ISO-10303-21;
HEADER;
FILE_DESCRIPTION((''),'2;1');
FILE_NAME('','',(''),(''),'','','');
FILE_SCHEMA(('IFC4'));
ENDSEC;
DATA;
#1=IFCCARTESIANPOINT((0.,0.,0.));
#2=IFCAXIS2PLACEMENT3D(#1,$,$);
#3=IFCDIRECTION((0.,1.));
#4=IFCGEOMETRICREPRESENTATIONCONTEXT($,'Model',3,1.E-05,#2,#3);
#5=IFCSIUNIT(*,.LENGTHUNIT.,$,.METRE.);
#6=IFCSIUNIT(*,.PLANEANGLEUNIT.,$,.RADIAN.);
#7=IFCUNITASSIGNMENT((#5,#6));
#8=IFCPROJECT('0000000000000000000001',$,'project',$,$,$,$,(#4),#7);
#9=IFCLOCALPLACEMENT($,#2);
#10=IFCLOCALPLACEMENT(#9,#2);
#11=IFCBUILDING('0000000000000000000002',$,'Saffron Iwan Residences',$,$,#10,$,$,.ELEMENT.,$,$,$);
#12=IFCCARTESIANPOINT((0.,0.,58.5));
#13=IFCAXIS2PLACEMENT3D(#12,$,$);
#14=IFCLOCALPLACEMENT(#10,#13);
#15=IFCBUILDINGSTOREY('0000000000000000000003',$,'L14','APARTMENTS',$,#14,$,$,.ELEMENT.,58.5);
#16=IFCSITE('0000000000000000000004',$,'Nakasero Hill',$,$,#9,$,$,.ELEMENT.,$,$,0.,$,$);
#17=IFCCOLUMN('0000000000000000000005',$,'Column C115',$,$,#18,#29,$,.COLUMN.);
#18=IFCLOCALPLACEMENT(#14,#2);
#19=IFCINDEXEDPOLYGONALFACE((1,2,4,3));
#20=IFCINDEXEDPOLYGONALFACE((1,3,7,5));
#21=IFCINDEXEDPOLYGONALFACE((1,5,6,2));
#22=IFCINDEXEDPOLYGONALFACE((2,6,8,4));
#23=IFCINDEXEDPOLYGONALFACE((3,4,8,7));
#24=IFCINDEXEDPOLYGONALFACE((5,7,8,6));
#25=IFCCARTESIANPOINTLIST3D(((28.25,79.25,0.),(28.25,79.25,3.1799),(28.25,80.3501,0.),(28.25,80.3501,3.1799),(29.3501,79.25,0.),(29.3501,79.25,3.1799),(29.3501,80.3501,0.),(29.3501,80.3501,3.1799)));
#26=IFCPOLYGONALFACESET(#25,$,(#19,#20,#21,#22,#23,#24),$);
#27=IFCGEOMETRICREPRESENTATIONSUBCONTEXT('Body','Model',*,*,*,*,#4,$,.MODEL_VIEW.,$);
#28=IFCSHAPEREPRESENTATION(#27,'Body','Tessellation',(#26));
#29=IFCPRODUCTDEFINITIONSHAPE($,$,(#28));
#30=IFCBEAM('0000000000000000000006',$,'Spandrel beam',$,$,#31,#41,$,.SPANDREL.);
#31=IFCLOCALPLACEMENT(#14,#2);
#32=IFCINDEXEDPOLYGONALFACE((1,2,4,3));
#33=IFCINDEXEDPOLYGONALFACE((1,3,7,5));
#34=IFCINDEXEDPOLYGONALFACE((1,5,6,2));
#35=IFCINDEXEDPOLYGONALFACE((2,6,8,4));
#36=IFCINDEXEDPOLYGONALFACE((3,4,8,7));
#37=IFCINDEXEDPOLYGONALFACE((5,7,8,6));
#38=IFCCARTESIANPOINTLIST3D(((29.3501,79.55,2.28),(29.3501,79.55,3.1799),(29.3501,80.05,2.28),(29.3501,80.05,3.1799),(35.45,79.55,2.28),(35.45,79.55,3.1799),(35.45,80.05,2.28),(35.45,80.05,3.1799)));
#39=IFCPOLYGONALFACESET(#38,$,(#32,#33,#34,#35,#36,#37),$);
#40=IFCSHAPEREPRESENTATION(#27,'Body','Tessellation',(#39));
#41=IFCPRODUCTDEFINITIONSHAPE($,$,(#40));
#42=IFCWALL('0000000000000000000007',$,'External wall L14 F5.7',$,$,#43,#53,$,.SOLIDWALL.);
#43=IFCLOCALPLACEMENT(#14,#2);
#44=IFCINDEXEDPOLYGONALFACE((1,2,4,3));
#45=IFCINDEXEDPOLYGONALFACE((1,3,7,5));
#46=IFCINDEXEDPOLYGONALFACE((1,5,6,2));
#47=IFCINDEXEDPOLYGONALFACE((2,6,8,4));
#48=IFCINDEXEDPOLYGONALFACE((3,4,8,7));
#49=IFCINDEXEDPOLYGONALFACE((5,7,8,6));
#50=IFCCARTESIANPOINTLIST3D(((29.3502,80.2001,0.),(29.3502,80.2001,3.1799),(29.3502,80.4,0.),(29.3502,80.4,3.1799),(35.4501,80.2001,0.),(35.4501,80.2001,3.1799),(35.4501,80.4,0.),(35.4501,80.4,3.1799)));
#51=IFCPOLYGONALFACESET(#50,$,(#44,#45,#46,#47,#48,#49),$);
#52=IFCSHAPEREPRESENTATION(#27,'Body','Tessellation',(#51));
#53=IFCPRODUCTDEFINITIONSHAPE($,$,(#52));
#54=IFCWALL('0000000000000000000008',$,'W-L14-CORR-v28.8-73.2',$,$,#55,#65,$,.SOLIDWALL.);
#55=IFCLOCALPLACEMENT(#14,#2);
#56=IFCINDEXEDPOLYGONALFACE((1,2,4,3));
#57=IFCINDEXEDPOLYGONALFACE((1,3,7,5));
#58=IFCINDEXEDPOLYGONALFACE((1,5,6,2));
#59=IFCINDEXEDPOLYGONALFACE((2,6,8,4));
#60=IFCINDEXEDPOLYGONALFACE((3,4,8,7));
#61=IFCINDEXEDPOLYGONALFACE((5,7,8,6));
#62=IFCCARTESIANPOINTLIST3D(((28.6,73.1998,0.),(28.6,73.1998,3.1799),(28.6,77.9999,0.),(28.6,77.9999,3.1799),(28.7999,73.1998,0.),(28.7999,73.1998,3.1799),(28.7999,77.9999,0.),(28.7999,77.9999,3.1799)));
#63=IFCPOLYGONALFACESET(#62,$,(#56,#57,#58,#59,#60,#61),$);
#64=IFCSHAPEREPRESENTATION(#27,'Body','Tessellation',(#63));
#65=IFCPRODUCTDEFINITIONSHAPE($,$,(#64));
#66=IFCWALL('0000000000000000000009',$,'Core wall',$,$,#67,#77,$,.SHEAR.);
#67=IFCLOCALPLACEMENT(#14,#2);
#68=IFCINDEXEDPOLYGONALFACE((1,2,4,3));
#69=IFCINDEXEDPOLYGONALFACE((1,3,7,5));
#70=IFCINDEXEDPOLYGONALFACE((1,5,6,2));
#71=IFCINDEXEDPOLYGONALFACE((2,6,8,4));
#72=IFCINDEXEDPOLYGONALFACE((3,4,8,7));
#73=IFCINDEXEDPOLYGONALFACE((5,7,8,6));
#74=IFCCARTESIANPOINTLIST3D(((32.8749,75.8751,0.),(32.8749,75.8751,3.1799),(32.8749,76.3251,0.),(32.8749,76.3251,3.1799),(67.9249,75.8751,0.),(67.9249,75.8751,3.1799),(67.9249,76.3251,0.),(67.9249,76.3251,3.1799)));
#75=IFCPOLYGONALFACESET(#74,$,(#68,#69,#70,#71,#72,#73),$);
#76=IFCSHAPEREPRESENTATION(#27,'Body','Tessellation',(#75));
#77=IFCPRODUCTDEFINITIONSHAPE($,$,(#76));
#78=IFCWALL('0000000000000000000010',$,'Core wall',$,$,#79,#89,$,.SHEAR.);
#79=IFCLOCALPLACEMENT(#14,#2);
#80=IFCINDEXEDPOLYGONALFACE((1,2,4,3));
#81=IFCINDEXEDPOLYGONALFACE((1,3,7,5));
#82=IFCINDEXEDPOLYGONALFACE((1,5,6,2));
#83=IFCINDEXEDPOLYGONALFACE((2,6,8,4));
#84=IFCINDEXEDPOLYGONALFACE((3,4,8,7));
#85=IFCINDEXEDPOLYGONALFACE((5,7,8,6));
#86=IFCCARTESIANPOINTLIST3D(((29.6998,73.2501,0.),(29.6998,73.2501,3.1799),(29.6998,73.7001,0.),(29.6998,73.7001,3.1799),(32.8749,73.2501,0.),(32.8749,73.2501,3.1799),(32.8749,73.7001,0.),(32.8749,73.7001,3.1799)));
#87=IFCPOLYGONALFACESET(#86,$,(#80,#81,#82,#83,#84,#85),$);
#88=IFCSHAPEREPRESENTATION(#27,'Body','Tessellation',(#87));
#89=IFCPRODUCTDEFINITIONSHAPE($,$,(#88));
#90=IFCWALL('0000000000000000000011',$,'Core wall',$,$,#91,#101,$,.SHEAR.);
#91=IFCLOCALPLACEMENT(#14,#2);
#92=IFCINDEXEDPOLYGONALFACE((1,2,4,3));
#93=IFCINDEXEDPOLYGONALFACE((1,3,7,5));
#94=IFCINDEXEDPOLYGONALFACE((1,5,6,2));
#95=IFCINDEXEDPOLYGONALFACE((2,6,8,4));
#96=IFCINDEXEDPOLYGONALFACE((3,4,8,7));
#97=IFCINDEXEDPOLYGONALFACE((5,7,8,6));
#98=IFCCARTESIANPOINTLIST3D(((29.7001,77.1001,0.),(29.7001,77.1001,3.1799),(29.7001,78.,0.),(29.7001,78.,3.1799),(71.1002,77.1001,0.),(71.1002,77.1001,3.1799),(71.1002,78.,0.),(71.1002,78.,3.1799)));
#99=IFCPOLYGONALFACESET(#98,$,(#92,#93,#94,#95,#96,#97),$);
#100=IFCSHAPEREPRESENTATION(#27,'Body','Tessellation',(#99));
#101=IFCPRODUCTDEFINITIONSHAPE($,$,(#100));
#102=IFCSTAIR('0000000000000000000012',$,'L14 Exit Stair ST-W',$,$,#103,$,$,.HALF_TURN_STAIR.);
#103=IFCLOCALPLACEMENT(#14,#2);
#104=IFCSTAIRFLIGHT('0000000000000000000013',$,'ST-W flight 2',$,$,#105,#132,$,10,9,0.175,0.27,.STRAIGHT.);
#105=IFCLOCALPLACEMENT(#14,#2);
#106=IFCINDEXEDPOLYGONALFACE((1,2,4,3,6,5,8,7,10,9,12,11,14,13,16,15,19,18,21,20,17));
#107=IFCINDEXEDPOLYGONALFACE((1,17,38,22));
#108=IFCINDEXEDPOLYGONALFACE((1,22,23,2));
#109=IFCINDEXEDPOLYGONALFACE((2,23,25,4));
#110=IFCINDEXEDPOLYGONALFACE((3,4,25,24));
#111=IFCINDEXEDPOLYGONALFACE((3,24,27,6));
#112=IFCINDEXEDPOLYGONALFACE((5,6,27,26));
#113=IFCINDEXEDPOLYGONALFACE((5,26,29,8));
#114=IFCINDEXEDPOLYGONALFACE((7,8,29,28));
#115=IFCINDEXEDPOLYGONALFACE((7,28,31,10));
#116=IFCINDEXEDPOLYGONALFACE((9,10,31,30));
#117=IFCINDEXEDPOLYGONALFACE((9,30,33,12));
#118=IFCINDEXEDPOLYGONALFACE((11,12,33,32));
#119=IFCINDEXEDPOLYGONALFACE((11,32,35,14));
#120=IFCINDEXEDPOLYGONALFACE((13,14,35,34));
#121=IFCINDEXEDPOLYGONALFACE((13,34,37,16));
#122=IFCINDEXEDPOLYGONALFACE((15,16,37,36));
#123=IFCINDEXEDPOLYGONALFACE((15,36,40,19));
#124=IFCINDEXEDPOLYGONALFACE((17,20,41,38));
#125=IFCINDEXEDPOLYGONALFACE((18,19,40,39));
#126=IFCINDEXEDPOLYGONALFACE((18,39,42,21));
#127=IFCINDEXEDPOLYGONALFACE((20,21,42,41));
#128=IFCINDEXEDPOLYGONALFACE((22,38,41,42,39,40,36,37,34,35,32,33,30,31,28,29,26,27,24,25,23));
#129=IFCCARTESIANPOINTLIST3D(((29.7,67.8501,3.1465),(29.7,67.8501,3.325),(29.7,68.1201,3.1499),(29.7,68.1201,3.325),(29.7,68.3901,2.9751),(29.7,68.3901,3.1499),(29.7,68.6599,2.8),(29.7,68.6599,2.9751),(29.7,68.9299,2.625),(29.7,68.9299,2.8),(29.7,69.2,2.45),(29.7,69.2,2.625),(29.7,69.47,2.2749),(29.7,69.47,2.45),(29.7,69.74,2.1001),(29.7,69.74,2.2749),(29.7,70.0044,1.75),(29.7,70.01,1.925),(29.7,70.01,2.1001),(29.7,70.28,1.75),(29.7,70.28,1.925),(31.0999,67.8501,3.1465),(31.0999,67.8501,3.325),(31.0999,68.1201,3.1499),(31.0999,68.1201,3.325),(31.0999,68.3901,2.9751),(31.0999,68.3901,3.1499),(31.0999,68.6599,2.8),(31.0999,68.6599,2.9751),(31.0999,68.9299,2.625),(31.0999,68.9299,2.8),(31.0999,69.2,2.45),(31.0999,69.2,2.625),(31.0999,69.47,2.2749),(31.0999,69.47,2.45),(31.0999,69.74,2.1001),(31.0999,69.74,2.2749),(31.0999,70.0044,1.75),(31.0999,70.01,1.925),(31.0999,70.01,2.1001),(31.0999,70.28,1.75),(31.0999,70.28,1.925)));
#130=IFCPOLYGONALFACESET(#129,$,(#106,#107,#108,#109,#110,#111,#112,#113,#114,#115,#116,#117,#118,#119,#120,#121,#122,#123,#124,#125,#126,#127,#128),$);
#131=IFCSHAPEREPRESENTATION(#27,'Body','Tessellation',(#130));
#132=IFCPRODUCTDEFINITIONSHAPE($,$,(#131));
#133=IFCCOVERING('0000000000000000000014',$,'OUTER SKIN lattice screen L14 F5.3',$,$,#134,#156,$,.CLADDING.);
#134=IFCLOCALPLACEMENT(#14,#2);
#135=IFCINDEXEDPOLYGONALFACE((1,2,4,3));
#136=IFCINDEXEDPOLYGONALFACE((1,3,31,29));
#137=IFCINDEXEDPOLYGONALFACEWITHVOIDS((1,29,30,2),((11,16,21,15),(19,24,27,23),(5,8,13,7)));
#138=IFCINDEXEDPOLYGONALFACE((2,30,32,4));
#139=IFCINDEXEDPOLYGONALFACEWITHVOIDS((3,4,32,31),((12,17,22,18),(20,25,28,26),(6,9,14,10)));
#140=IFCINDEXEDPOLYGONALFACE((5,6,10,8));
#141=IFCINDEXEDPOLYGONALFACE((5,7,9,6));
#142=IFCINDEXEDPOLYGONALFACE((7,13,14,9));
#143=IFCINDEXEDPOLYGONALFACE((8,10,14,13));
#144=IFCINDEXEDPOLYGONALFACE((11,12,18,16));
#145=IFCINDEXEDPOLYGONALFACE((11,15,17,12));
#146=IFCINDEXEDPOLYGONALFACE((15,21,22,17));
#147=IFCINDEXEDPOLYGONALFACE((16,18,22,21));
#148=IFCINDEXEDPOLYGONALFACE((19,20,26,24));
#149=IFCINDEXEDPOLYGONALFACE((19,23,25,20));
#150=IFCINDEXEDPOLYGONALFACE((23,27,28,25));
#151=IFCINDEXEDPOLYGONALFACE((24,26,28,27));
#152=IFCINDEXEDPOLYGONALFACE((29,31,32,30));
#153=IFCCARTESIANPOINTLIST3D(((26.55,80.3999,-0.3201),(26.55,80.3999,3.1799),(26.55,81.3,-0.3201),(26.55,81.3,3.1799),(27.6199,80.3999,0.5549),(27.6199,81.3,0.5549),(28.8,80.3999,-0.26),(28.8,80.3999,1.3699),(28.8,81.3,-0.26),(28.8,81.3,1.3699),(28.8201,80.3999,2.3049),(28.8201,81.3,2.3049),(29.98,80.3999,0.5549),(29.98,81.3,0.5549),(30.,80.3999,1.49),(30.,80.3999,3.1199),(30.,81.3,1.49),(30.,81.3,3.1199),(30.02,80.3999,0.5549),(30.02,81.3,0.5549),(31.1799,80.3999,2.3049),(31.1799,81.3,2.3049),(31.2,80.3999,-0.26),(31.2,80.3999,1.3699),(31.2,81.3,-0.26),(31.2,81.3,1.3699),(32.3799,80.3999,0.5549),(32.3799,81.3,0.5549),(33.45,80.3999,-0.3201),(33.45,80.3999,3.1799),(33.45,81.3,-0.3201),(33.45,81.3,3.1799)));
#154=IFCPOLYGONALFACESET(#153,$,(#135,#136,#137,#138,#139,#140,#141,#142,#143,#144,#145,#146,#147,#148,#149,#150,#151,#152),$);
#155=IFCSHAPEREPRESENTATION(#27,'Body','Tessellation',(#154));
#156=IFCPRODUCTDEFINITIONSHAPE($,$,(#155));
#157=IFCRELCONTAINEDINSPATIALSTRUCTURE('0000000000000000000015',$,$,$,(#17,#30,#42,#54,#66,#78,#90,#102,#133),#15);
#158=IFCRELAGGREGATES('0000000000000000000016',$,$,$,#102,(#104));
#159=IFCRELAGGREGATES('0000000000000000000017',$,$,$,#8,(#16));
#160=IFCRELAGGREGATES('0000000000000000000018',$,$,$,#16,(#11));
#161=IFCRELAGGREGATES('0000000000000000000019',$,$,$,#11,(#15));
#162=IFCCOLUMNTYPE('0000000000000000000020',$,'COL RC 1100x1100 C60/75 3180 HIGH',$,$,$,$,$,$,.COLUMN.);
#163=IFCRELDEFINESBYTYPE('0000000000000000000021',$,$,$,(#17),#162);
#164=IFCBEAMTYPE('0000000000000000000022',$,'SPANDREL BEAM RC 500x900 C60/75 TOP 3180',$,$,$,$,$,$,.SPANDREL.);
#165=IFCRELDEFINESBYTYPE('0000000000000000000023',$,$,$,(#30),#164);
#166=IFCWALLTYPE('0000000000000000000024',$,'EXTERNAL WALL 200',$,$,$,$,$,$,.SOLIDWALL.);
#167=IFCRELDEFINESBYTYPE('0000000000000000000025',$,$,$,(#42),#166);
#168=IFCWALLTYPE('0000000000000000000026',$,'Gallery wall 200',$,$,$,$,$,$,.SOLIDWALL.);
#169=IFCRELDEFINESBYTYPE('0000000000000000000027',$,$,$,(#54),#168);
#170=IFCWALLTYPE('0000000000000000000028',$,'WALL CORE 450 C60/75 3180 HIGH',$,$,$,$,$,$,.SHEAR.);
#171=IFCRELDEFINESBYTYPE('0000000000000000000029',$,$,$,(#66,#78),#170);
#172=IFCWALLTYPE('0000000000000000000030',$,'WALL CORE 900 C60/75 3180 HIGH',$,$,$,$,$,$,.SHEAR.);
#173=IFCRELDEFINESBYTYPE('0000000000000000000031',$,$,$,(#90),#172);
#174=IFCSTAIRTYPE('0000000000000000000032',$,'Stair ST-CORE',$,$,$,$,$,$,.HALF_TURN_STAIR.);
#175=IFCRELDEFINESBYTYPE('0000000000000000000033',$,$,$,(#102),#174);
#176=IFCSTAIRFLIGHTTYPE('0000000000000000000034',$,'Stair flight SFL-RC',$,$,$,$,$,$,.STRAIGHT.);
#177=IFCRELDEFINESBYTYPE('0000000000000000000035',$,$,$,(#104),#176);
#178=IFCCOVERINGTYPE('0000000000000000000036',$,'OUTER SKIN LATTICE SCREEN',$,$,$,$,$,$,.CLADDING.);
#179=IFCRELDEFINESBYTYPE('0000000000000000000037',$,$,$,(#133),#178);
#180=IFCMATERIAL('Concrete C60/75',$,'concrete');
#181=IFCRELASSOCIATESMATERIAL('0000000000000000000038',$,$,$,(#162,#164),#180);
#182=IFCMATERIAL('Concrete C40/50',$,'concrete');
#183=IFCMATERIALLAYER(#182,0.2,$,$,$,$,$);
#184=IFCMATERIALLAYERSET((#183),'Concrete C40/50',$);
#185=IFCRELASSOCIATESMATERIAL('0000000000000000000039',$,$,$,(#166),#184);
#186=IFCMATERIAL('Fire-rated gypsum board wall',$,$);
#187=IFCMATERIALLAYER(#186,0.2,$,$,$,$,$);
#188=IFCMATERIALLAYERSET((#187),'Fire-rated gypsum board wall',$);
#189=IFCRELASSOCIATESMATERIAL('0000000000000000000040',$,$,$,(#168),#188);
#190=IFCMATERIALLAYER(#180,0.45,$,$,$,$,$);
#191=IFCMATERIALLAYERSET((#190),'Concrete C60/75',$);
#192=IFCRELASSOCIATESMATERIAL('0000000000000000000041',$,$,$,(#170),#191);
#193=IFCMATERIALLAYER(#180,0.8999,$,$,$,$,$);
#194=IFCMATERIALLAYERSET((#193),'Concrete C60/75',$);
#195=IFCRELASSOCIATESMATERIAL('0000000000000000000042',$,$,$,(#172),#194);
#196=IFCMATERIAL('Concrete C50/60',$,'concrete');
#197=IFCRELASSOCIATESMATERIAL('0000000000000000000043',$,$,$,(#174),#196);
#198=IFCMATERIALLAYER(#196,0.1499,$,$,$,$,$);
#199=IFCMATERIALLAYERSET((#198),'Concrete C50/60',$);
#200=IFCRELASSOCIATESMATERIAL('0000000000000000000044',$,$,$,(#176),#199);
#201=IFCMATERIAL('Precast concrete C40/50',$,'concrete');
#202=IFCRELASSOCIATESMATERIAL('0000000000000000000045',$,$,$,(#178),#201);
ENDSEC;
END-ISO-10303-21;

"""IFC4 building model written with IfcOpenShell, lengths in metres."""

from ifc_helpers import new_model, si_unit, direction, frame, frame_2d, origin, origin_2d, place, context, subcontext, project, spatial, polyline, rectangle, outline, extrude, source, transform, mapped, material, layer, layer_set, material_profile, profile_set, type_object, element, aggregate, save


model = new_model("IFC4")

# Units and contexts
model_context = context("Model", 3, precision=1e-05, world=origin(), true_north=direction((0.0, 1.0)))
body_context = subcontext(model_context, "Body", "Model", "MODEL_VIEW")
ifc_project = project(units=[si_unit("LENGTHUNIT", "METRE"), si_unit("PLANEANGLEUNIT", "RADIAN")], contexts=[model_context])

# Site, building, storey
site_placement = place(None, origin())
site = spatial("IfcSite", under=ifc_project, at=site_placement, Name="Nakasero Hill", CompositionType="ELEMENT", RefElevation=0.0)
building_placement = place(site_placement, origin())
building = spatial("IfcBuilding", under=site, at=building_placement, Name="Saffron Iwan Residences", CompositionType="ELEMENT")
storey_placement = place(building_placement, frame((0.0, 0.0, 58.5)))
storey = spatial("IfcBuildingStorey", under=building, at=storey_placement, Name="L14", Description="APARTMENTS", CompositionType="ELEMENT", Elevation=58.5)

# Column
ifc_material_1 = material(Name="Concrete C60/75", Category="concrete")
ifc_material_profile_1 = material_profile(ifc_material_1, rectangle(XDim=1.1001, YDim=1.1001, at=origin_2d()), Name="RC 1100x1100")
ifc_profile_set_1 = profile_set([ifc_material_profile_1], Name="Concrete C60/75")
column_type = type_object("IfcColumnType", Name="COL RC 1100x1100 C60/75 3180 HIGH", PredefinedType="COLUMN", material=ifc_profile_set_1)
shared_shape_1 = source(origin(), body_context, "Body", "SweptSolid", [
    extrude(rectangle(XDim=1.1001, YDim=1.1001, at=origin_2d()), origin(), (0.0, 0.0, 1.0), 3.1799),
])
column_placement = place(storey_placement, frame((28.8, 79.8, 0.0), z_axis=(0.0, 0.0, 1.0), x_axis=(1.0, 0.0, 0.0)))
element("IfcColumn", 1, at=column_placement, inside=storey, type_object=column_type, Name="Column C115", PredefinedType="COLUMN", context=body_context, shape_type="MappedRepresentation", body=[
    mapped(shared_shape_1, transform((0.0, 0.0, 0.0))),
])

# Beam
ifc_material_profile_2 = material_profile(ifc_material_1, rectangle(XDim=0.5, YDim=0.8999, at=origin_2d()), Name="RC 500x900")
ifc_profile_set_2 = profile_set([ifc_material_profile_2], Name="Concrete C60/75")
beam_type = type_object("IfcBeamType", Name="SPANDREL BEAM RC 500x900 C60/75 TOP 3180", PredefinedType="SPANDREL", material=ifc_profile_set_2)
shared_shape_2 = source(origin(), body_context, "Body", "SweptSolid", [
    extrude(rectangle(XDim=0.5, YDim=0.8999, at=origin_2d()), origin(), (0.0, 0.0, 1.0), 6.0999),
])
beam_placement = place(storey_placement, frame((29.3501, 79.8, 2.73), z_axis=(1.0, 0.0, 0.0), x_axis=(0.0, 1.0, 0.0)))
element("IfcBeam", 2, at=beam_placement, inside=storey, type_object=beam_type, Name="Spandrel beam", PredefinedType="SPANDREL", context=body_context, shape_type="MappedRepresentation", body=[
    mapped(shared_shape_2, transform((0.0, 0.0, 0.0))),
])

# Wall
ifc_material_2 = material(Name="Concrete C40/50", Category="concrete")
ifc_layer_1 = layer(ifc_material_2, 0.2)
ifc_layer_set_1 = layer_set([ifc_layer_1], Name="Concrete C40/50")
wall_type_1 = type_object("IfcWallType", Name="EXTERNAL WALL 200", PredefinedType="SOLIDWALL", material=ifc_layer_set_1)
wall_1_placement = place(storey_placement, frame((35.45, 80.3, 0.0), z_axis=(0.0, 0.0, 1.0), x_axis=(-1.0, 0.0, 0.0)))
element("IfcWall", 3, at=wall_1_placement, inside=storey, type_object=wall_type_1, Name="External wall L14 F5.7", PredefinedType="SOLIDWALL", context=body_context, shape_type="SweptSolid", body=[
    extrude(rectangle(XDim=6.0999, YDim=0.2, at=frame_2d((3.0498, 0.0))), origin(), (0.0, 0.0, 1.0), 3.1799),
])

# Wall
ifc_material_3 = material(Name="Fire-rated gypsum board wall")
ifc_layer_2 = layer(ifc_material_3, 0.2)
ifc_layer_set_2 = layer_set([ifc_layer_2], Name="Fire-rated gypsum board wall")
wall_type_2 = type_object("IfcWallType", Name="Gallery wall 200", PredefinedType="SOLIDWALL", material=ifc_layer_set_2)
wall_2_placement = place(storey_placement, frame((28.7, 73.2, 0.0), z_axis=(0.0, 0.0, 1.0), x_axis=(0.0, 1.0, 0.0)))
element("IfcWall", 4, at=wall_2_placement, inside=storey, type_object=wall_type_2, Name="W-L14-CORR-v28.8-73.2", PredefinedType="SOLIDWALL", context=body_context, shape_type="SweptSolid", body=[
    extrude(rectangle(XDim=4.8, YDim=0.2, at=frame_2d((2.3999, 0.0))), origin(), (0.0, 0.0, 1.0), 3.1799),
])

# Shared definitions
ifc_layer_3 = layer(ifc_material_1, 0.45)
ifc_layer_set_3 = layer_set([ifc_layer_3], Name="Concrete C60/75")
wall_type_3 = type_object("IfcWallType", Name="WALL CORE 450 C60/75 3180 HIGH", PredefinedType="SHEAR", material=ifc_layer_set_3)

# Walls
wall_3_placement = place(storey_placement, frame((32.875, 76.1001, 0.0), z_axis=(0.0, 0.0, 1.0), x_axis=(1.0, 0.0, 0.0)))
element("IfcWall", 5, at=wall_3_placement, inside=storey, type_object=wall_type_3, Name="Core wall", PredefinedType="SHEAR", context=body_context, shape_type="SweptSolid", body=[
    extrude(rectangle(XDim=35.05, YDim=0.45, at=frame_2d((17.5249, 0.0))), origin(), (0.0, 0.0, 1.0), 3.1799),
])
wall_4_placement = place(storey_placement, frame((29.7, 73.4751, 0.0), z_axis=(0.0, 0.0, 1.0), x_axis=(1.0, 0.0, 0.0)))
element("IfcWall", 6, at=wall_4_placement, inside=storey, type_object=wall_type_3, Name="Core wall", PredefinedType="SHEAR", context=body_context, shape_type="SweptSolid", body=[
    extrude(rectangle(XDim=3.175, YDim=0.45, at=frame_2d((1.5874, 0.0))), origin(), (0.0, 0.0, 1.0), 3.1799),
])
ifc_layer_4 = layer(ifc_material_1, 0.8999)
ifc_layer_set_4 = layer_set([ifc_layer_4], Name="Concrete C60/75")
wall_type_4 = type_object("IfcWallType", Name="WALL CORE 900 C60/75 3180 HIGH", PredefinedType="SHEAR", material=ifc_layer_set_4)
wall_5_placement = place(storey_placement, frame((29.7, 77.55, 0.0), z_axis=(0.0, 0.0, 1.0), x_axis=(1.0, 0.0, 0.0)))
element("IfcWall", 7, at=wall_5_placement, inside=storey, type_object=wall_type_4, Name="Core wall", PredefinedType="SHEAR", context=body_context, shape_type="SweptSolid", body=[
    extrude(rectangle(XDim=41.4001, YDim=0.8999, at=frame_2d((20.7002, 0.0))), origin(), (0.0, 0.0, 1.0), 3.1799),
])

# Stair, stair flight
ifc_material_4 = material(Name="Concrete C50/60", Category="concrete")
stair_type = type_object("IfcStairType", Name="Stair ST-CORE", PredefinedType="HALF_TURN_STAIR", material=ifc_material_4)
stair_placement = place(storey_placement, origin())
stair = element("IfcStair", 8, at=stair_placement, inside=storey, type_object=stair_type, Name="L14 Exit Stair ST-W", PredefinedType="HALF_TURN_STAIR")
ifc_layer_5 = layer(ifc_material_4, 0.1499)
ifc_layer_set_5 = layer_set([ifc_layer_5], Name="Concrete C50/60")
stair_flight_type = type_object("IfcStairFlightType", Name="Stair flight SFL-RC", PredefinedType="STRAIGHT", material=ifc_layer_set_5)
stair_flight_placement = place(storey_placement, frame((30.3999, 70.28, 1.75), z_axis=(0.0, 0.0, 1.0), x_axis=(0.0, -1.0, 0.0)))
stair_flight = element("IfcStairFlight", 9, at=stair_flight_placement, type_object=stair_flight_type, Name="ST-W flight 2", NumberOfRisers=10, NumberOfTreads=9, PredefinedType="STRAIGHT", RiserHeight=0.175, TreadLength=0.27, context=body_context, shape_type="SweptSolid", body=[
    extrude(outline(polyline([(0.0, 0.0), (0.0, 0.175), (0.27, 0.175), (0.27, 0.3501), (0.54, 0.3501), (0.54, 0.5249), (0.8101, 0.5249), (0.8101, 0.7), (1.0801, 0.7), (1.0801, 0.875), (1.3501, 0.875), (1.3501, 1.05), (1.6201, 1.05), (1.6201, 1.2251), (1.8899, 1.2251), (1.8899, 1.3999), (2.1599, 1.3999), (2.1599, 1.575), (2.4299, 1.575), (2.4299, 1.75), (2.4299, 1.3965), (0.2756, 0.0), (0.0, 0.0)])), frame((0.0, 0.7, 0.0), z_axis=(0.0, -1.0, 0.0), x_axis=(1.0, 0.0, 0.0)), (0.0, 0.0, 1.0), 1.3999),
])
aggregate(stair, [stair_flight])

# Covering
ifc_material_5 = material(Name="Precast concrete C40/50", Category="concrete")
covering_type_1 = type_object("IfcCoveringType", Name="OUTER SKIN LATTICE SCREEN", PredefinedType="CLADDING", material=ifc_material_5)
covering_1_placement = place(storey_placement, frame((33.45, 80.3999, -0.3201), z_axis=(0.0, 1.0, 0.0), x_axis=(-1.0, 0.0, 0.0)))
element("IfcCovering", 10, at=covering_1_placement, inside=storey, type_object=covering_type_1, Name="OUTER SKIN lattice screen L14 F5.3", PredefinedType="CLADDING", context=body_context, shape_type="SweptSolid", body=[
    extrude(outline(polyline([(0.0, 0.0), (6.8999, 0.0), (6.8999, 3.5), (0.0, 3.5), (0.0, 0.0)]), holes=[polyline([(1.0701, 0.875), (2.25, 0.0601), (3.4299, 0.875), (2.25, 1.6899), (1.0701, 0.875)]), polyline([(3.47, 0.875), (4.6499, 0.0601), (5.8301, 0.875), (4.6499, 1.6899), (3.47, 0.875)]), polyline([(2.27, 2.625), (3.45, 1.8101), (4.6299, 2.625), (3.45, 3.4399), (2.27, 2.625)])]), origin(), (0.0, 0.0, 1.0), 0.9001),
])

save(model, "model.ifc")
